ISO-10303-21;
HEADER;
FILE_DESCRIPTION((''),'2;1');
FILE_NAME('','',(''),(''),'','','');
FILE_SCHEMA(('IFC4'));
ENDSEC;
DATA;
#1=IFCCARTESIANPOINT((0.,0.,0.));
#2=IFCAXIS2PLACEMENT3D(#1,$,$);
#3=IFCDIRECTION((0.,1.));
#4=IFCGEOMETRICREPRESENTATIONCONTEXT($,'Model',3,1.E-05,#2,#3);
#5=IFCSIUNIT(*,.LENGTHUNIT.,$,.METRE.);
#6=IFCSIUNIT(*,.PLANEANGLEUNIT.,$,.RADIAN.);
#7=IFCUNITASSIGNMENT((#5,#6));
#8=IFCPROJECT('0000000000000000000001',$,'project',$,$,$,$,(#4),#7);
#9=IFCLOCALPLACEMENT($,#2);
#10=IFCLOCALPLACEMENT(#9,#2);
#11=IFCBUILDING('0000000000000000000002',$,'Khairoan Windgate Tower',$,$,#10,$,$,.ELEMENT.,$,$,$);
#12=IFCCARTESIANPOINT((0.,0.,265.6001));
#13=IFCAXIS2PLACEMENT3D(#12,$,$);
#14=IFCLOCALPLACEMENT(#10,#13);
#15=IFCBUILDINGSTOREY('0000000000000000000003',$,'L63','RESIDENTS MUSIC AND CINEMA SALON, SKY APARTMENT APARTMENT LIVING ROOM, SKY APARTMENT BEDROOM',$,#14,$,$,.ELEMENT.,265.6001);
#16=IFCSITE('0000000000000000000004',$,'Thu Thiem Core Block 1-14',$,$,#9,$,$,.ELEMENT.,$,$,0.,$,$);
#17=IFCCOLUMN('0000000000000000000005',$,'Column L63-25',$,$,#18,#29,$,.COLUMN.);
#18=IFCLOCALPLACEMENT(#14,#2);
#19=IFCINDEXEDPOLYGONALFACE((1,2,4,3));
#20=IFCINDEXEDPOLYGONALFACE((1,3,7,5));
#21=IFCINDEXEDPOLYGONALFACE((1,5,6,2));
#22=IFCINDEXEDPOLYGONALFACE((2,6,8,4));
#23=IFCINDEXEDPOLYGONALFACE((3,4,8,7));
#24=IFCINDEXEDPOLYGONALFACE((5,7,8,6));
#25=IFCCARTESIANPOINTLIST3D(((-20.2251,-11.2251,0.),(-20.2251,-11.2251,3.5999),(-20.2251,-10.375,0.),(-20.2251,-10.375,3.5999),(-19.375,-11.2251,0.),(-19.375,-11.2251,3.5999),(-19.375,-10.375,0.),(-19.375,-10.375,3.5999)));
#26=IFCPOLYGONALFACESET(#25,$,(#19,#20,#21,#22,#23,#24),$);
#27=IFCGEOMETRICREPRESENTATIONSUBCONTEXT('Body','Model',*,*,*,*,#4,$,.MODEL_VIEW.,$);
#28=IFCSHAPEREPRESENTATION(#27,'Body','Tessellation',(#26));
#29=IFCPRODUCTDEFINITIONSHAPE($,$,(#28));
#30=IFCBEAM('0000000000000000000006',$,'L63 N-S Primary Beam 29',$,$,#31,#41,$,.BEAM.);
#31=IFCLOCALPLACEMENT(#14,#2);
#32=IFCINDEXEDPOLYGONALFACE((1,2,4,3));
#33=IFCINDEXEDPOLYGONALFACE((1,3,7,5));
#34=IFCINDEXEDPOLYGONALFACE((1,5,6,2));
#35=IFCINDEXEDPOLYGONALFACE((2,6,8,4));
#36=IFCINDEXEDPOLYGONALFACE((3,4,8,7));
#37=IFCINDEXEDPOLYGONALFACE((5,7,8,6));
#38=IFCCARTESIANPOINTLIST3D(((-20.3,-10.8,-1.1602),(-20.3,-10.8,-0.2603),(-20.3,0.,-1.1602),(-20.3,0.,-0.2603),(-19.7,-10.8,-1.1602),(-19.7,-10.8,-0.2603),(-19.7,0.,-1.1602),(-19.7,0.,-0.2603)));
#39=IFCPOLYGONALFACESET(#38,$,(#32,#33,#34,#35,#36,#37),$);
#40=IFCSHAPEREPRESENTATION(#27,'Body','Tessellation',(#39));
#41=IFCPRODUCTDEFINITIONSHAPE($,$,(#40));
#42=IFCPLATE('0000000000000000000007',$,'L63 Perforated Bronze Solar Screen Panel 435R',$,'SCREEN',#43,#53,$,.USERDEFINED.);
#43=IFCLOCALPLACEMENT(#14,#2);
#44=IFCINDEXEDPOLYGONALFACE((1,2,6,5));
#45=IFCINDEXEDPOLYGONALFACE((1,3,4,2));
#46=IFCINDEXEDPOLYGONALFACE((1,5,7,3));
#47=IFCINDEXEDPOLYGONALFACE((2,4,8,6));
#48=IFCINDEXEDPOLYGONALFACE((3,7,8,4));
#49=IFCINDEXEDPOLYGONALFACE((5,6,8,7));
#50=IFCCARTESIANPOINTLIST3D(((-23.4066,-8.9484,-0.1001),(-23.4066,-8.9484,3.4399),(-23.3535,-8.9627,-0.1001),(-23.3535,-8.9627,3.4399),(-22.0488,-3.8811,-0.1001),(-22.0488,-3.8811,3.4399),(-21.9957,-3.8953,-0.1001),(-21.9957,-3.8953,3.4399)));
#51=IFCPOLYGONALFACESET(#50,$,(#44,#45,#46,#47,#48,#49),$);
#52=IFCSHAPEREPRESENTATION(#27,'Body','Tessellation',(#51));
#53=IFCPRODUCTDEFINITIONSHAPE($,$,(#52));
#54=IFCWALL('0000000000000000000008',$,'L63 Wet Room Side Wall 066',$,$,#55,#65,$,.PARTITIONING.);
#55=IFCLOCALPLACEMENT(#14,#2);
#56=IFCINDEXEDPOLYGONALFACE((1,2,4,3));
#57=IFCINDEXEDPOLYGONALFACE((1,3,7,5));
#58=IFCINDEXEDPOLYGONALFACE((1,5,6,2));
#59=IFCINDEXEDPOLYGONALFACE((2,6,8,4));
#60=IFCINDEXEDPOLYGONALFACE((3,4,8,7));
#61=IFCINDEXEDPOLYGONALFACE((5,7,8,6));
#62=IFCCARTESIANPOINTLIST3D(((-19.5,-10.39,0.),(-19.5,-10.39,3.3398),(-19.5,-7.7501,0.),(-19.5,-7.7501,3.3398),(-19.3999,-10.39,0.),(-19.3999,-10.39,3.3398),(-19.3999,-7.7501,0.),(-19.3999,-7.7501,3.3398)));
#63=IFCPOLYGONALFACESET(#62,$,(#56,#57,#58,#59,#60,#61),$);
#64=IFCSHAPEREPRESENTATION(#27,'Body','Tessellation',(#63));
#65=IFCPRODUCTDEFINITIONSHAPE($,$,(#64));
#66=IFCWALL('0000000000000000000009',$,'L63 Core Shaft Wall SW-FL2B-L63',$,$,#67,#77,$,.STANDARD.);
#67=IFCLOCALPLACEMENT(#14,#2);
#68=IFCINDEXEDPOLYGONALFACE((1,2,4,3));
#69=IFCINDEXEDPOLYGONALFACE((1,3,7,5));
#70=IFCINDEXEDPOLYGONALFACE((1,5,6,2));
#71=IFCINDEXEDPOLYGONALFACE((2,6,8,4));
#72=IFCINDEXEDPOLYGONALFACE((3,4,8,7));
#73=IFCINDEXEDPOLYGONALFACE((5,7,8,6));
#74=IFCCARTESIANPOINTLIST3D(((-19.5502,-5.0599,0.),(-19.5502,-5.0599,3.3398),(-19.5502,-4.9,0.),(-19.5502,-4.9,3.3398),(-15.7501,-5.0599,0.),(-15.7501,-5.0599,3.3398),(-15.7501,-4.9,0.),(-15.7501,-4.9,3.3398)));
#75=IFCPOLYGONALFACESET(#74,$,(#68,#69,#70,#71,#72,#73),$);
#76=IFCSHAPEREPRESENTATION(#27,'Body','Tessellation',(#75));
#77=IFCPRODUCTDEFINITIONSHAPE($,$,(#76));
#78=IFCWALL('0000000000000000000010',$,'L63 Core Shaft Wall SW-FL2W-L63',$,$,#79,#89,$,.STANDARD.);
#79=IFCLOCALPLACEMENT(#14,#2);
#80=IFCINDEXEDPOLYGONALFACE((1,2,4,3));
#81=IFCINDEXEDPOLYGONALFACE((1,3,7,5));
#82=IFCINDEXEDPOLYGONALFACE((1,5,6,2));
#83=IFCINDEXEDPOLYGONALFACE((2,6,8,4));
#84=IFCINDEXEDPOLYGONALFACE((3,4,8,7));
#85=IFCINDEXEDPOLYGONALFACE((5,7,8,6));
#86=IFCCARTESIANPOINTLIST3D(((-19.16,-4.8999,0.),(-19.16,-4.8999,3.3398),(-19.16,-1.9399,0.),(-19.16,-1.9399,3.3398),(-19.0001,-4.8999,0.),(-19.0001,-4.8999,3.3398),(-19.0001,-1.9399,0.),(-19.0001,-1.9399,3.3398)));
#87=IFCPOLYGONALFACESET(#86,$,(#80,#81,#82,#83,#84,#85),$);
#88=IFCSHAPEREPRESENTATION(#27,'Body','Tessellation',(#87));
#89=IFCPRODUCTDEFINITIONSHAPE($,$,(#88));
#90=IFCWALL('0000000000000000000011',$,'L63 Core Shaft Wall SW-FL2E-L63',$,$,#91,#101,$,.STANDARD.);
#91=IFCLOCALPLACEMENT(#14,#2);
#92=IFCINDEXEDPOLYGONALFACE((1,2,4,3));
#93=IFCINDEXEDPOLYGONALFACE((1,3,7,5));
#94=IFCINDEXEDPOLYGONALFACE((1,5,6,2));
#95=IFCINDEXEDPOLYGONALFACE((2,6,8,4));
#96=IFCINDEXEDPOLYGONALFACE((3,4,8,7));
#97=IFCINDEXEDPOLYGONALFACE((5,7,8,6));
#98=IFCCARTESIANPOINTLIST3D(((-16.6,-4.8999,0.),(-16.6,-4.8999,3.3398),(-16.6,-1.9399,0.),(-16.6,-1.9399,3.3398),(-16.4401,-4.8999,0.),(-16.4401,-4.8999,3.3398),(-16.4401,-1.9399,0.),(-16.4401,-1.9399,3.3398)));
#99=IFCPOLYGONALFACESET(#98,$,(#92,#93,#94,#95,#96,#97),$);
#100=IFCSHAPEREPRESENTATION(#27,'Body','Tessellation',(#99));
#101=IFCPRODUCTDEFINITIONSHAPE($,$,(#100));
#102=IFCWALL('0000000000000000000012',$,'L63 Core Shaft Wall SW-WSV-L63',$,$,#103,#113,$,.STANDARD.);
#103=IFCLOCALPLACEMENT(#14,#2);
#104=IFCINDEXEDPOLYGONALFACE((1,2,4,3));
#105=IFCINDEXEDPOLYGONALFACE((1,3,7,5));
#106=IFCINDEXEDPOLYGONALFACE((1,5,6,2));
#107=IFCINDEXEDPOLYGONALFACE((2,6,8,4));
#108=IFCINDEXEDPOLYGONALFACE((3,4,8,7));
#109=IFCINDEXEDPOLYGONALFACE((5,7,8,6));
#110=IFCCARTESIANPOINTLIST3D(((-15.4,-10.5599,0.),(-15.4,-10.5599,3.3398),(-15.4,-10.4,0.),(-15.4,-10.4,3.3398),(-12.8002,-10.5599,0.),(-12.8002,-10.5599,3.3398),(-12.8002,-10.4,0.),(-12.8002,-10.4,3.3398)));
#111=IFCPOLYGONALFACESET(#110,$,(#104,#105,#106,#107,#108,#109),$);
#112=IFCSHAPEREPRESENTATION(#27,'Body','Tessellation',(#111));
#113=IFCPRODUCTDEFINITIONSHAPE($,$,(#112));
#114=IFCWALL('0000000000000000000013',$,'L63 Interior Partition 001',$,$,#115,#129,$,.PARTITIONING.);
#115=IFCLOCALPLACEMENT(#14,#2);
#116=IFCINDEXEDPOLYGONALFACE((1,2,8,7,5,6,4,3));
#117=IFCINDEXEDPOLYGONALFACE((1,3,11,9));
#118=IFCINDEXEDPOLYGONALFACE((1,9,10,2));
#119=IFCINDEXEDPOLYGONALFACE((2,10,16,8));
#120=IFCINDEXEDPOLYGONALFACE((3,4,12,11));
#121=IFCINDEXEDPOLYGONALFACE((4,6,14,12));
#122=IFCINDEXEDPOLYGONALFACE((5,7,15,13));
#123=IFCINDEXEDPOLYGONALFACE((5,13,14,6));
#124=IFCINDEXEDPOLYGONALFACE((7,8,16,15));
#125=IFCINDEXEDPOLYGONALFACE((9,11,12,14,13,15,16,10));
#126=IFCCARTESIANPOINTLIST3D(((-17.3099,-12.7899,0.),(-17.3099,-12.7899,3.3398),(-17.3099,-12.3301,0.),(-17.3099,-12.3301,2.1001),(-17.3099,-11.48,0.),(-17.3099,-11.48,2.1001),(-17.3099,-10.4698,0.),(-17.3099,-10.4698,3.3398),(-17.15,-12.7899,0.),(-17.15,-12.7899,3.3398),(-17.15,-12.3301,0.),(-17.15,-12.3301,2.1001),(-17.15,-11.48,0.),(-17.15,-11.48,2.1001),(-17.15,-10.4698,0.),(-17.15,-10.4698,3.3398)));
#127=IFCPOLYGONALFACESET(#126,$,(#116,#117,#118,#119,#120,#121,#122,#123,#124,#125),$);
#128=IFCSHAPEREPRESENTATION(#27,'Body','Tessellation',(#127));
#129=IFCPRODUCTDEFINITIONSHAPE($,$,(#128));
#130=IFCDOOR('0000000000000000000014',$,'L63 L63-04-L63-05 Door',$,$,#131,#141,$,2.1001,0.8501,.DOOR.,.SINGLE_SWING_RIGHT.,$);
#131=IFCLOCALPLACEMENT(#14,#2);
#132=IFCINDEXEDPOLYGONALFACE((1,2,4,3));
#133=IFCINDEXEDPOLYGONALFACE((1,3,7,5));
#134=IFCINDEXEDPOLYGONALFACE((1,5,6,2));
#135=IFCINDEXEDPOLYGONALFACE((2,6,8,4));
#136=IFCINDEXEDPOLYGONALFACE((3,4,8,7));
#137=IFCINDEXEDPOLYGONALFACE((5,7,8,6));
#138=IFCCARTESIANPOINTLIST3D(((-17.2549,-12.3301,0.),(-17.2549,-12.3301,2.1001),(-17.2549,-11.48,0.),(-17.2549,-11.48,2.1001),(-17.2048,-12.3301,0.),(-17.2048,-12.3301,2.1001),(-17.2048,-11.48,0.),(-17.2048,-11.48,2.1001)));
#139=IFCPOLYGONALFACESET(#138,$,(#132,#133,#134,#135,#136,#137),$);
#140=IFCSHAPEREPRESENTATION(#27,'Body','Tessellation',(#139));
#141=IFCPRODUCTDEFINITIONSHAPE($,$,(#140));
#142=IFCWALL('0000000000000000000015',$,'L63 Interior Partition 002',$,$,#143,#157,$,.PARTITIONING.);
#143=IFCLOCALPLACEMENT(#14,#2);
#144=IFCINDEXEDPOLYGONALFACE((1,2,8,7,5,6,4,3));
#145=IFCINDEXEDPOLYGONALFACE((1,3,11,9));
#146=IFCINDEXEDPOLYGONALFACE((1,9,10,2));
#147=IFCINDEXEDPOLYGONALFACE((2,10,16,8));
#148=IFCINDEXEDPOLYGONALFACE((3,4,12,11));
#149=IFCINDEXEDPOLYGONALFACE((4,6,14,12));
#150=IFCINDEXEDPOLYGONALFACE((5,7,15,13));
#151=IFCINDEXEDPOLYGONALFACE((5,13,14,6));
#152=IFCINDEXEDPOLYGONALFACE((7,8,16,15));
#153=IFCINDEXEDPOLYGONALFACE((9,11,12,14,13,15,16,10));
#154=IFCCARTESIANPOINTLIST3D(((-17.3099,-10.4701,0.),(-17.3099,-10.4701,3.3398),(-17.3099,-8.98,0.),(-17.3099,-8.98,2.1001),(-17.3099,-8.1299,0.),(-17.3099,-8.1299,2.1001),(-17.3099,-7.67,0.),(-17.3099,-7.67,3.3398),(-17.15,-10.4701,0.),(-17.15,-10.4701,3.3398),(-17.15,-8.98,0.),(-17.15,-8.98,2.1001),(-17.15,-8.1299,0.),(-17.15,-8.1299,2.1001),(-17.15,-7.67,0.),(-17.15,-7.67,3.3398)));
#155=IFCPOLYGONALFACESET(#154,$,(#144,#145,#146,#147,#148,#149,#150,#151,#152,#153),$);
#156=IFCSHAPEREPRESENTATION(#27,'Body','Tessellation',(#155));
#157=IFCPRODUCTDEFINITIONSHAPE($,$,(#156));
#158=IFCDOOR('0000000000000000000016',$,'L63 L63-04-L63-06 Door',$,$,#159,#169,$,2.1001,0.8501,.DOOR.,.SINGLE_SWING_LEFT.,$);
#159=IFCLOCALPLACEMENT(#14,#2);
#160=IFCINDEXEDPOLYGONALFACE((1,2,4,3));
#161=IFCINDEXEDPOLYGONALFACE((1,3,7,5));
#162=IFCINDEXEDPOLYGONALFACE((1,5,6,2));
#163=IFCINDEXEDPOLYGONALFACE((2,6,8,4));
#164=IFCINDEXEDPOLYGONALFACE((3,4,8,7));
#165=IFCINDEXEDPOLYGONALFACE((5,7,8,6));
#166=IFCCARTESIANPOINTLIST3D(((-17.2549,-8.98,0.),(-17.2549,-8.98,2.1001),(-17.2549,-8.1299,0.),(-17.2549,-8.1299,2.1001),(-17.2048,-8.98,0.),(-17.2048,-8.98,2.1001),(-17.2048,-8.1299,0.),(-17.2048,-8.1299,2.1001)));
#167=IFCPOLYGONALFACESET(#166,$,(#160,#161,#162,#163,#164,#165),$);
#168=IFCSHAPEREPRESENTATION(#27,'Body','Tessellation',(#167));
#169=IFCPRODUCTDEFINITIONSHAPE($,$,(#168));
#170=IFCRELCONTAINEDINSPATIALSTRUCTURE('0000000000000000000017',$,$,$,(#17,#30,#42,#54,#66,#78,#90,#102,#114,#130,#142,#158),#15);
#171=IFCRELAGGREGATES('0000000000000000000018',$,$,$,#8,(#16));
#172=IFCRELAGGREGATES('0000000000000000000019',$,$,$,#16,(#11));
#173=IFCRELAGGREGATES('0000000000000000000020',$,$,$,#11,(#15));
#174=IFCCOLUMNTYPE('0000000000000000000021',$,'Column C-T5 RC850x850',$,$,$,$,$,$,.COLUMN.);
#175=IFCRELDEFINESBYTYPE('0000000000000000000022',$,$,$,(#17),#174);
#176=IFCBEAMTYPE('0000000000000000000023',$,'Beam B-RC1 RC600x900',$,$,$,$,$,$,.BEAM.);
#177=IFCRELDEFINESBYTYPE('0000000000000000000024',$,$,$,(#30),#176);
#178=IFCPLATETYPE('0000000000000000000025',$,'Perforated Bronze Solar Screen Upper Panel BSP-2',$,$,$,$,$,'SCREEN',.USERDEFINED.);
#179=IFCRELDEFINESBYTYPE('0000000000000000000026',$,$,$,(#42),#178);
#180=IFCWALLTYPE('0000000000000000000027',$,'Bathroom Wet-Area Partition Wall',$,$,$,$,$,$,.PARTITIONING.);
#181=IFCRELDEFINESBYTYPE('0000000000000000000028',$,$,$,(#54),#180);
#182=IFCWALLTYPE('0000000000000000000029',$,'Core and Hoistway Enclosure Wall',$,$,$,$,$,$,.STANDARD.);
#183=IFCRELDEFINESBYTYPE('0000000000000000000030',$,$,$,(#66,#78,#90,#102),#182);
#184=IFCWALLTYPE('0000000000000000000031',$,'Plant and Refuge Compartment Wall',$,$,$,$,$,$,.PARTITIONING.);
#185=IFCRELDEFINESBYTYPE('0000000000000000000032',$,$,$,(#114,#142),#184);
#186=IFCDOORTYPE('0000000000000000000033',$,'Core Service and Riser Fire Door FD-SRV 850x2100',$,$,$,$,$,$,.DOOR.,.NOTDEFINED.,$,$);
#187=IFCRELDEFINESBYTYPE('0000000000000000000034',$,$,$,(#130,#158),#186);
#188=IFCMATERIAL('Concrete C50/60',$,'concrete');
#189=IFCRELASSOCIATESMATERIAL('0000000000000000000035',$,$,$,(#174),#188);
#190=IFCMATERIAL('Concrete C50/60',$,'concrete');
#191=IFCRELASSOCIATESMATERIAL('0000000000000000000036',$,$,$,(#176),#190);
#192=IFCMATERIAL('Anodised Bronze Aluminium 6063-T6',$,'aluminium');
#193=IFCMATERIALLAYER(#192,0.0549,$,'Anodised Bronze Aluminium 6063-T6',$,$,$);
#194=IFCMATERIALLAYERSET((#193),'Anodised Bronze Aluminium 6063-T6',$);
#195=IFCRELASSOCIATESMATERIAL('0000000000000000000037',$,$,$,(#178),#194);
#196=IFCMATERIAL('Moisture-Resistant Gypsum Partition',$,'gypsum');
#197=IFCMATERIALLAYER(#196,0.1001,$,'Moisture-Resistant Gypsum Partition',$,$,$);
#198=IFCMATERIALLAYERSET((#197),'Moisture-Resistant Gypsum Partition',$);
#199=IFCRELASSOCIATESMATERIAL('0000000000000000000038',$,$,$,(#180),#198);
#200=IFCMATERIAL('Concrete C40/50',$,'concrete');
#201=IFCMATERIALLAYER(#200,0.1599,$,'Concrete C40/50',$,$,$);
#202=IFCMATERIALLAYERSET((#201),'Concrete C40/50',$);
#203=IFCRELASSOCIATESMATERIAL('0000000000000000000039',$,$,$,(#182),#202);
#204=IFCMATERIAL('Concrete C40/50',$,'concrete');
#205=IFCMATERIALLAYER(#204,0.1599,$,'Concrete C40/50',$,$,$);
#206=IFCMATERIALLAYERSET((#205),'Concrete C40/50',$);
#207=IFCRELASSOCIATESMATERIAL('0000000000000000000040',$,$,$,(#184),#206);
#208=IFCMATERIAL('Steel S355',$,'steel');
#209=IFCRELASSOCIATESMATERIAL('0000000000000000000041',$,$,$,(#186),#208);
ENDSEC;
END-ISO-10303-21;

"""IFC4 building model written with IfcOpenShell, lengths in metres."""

from ifc_helpers import new_model, si_unit, direction, frame, frame_2d, origin, origin_2d, place, context, subcontext, project, spatial, rectangle, extrude, material, layer, layer_set, material_profile, profile_set, type_object, element, fill, save


model = new_model("IFC4")

# Units and contexts
model_context = context("Model", 3, precision=1e-05, world=origin(), true_north=direction((0.0, 1.0)))
body_context = subcontext(model_context, "Body", "Model", "MODEL_VIEW")
ifc_project = project(units=[si_unit("LENGTHUNIT", "METRE"), si_unit("PLANEANGLEUNIT", "RADIAN")], contexts=[model_context])

# Site, building, storey
site_placement = place(None, origin())
site = spatial("IfcSite", under=ifc_project, at=site_placement, Name="Thu Thiem Core Block 1-14", CompositionType="ELEMENT", RefElevation=0.0)
building_placement = place(site_placement, origin())
building = spatial("IfcBuilding", under=site, at=building_placement, Name="Khairoan Windgate Tower", CompositionType="ELEMENT")
storey_placement = place(building_placement, frame((0.0, 0.0, 265.6001)))
storey = spatial("IfcBuildingStorey", under=building, at=storey_placement, Name="L63", Description="RESIDENTS MUSIC AND CINEMA SALON, SKY APARTMENT APARTMENT LIVING ROOM, SKY APARTMENT BEDROOM", CompositionType="ELEMENT", Elevation=265.6001)

# Column
ifc_material_1 = material(Name="Concrete C50/60", Category="concrete")
ifc_material_profile_1 = material_profile(ifc_material_1, rectangle(XDim=0.8501, YDim=0.8501, at=origin_2d()))
ifc_profile_set_1 = profile_set([ifc_material_profile_1], Name="Concrete C50/60")
column_type = type_object("IfcColumnType", Name="Column C-T5 RC850x850", PredefinedType="COLUMN", material=ifc_profile_set_1)
column_placement = place(storey_placement, frame((-19.8, -10.8, 0.0), z_axis=(0.0, 0.0, 1.0), x_axis=(1.0, 0.0, 0.0)))
element("IfcColumn", 1, at=column_placement, inside=storey, type_object=column_type, Name="Column L63-25", PredefinedType="COLUMN", context=body_context, shape_type="SweptSolid", body=[
    extrude(rectangle(XDim=0.8501, YDim=0.8501, at=origin_2d()), origin(), (0.0, 0.0, 1.0), 3.5999),
])

# Beam
ifc_material_2 = material(Name="Concrete C50/60", Category="concrete")
ifc_material_profile_2 = material_profile(ifc_material_2, rectangle(XDim=0.6001, YDim=0.8999, at=origin_2d()))
ifc_profile_set_2 = profile_set([ifc_material_profile_2], Name="Concrete C50/60")
beam_type = type_object("IfcBeamType", Name="Beam B-RC1 RC600x900", PredefinedType="BEAM", material=ifc_profile_set_2)
beam_placement = place(storey_placement, frame((-20.0, -10.8, -0.7102), z_axis=(0.0, 1.0, 0.0), x_axis=(-1.0, 0.0, 0.0)))
element("IfcBeam", 2, at=beam_placement, inside=storey, type_object=beam_type, Name="L63 N-S Primary Beam 29", PredefinedType="BEAM", context=body_context, shape_type="SweptSolid", body=[
    extrude(rectangle(XDim=0.6001, YDim=0.8999, at=origin_2d()), origin(), (0.0, 0.0, 1.0), 10.8),
])

# Plate
ifc_material_3 = material(Name="Anodised Bronze Aluminium 6063-T6", Category="aluminium")
ifc_layer_1 = layer(ifc_material_3, 0.0549, Name="Anodised Bronze Aluminium 6063-T6")
ifc_layer_set_1 = layer_set([ifc_layer_1], Name="Anodised Bronze Aluminium 6063-T6")
plate_type = type_object("IfcPlateType", Name="Perforated Bronze Solar Screen Upper Panel BSP-2", ElementType="SCREEN", PredefinedType="USERDEFINED", material=ifc_layer_set_1)
plate_placement = place(storey_placement, frame((-22.7012, -6.4219, -0.1001), z_axis=(0.0, 0.0, 1.0), x_axis=(0.258819, 0.965926, 0.0)))
element("IfcPlate", 3, at=plate_placement, inside=storey, type_object=plate_type, Name="L63 Perforated Bronze Solar Screen Panel 435R", ObjectType="SCREEN", PredefinedType="USERDEFINED", context=body_context, shape_type="SweptSolid", body=[
    extrude(rectangle(XDim=5.2461, YDim=0.0549, at=origin_2d()), origin(), (0.0, 0.0, 1.0), 3.54),
])

# Walls
ifc_material_4 = material(Name="Moisture-Resistant Gypsum Partition", Category="gypsum")
ifc_layer_2 = layer(ifc_material_4, 0.1001, Name="Moisture-Resistant Gypsum Partition")
ifc_layer_set_2 = layer_set([ifc_layer_2], Name="Moisture-Resistant Gypsum Partition")
wall_type_1 = type_object("IfcWallType", Name="Bathroom Wet-Area Partition Wall", PredefinedType="PARTITIONING", material=ifc_layer_set_2)
wall_1_placement = place(storey_placement, frame((-19.45, -10.3899, 0.0), z_axis=(0.0, 0.0, 1.0), x_axis=(0.0, 1.0, 0.0)))
element("IfcWall", 4, at=wall_1_placement, inside=storey, type_object=wall_type_1, Name="L63 Wet Room Side Wall 066", PredefinedType="PARTITIONING", context=body_context, shape_type="SweptSolid", body=[
    extrude(rectangle(XDim=2.6399, YDim=0.1001, at=frame_2d((1.3198, 0.0))), origin(), (0.0, 0.0, 1.0), 3.3398),
])
ifc_material_5 = material(Name="Concrete C40/50", Category="concrete")
ifc_layer_3 = layer(ifc_material_5, 0.1599, Name="Concrete C40/50")
ifc_layer_set_3 = layer_set([ifc_layer_3], Name="Concrete C40/50")
wall_type_2 = type_object("IfcWallType", Name="Core and Hoistway Enclosure Wall", PredefinedType="STANDARD", material=ifc_layer_set_3)
wall_2_placement = place(storey_placement, frame((-19.55, -4.98, 0.0), z_axis=(0.0, 0.0, 1.0), x_axis=(1.0, 0.0, 0.0)))
element("IfcWall", 5, at=wall_2_placement, inside=storey, type_object=wall_type_2, Name="L63 Core Shaft Wall SW-FL2B-L63", PredefinedType="STANDARD", context=body_context, shape_type="SweptSolid", body=[
    extrude(rectangle(XDim=3.8, YDim=0.1599, at=frame_2d((1.8999, 0.0))), origin(), (0.0, 0.0, 1.0), 3.3398),
])
for number, where, z_axis, x_axis, name in (
    (6, (-19.0801, -4.8999, 0.0), (0.0, 0.0, 1.0), (0.0, 1.0, 0.0), "L63 Core Shaft Wall SW-FL2W-L63"),
    (7, (-16.52, -4.8999, 0.0), (0.0, 0.0, 1.0), (0.0, 1.0, 0.0), "L63 Core Shaft Wall SW-FL2E-L63"),
):
    element("IfcWall", number, at=place(storey_placement, frame(where, z_axis=z_axis, x_axis=x_axis)), inside=storey, type_object=wall_type_2, Name=name, PredefinedType="STANDARD", context=body_context, shape_type="SweptSolid", body=[
        extrude(rectangle(XDim=2.96, YDim=0.1599, at=frame_2d((1.48, 0.0))), origin(), (0.0, 0.0, 1.0), 3.3398),
    ])
wall_3_placement = place(storey_placement, frame((-15.3999, -10.48, 0.0), z_axis=(0.0, 0.0, 1.0), x_axis=(1.0, 0.0, 0.0)))
element("IfcWall", 8, at=wall_3_placement, inside=storey, type_object=wall_type_2, Name="L63 Core Shaft Wall SW-WSV-L63", PredefinedType="STANDARD", context=body_context, shape_type="SweptSolid", body=[
    extrude(rectangle(XDim=2.5999, YDim=0.1599, at=frame_2d((1.2998, 0.0))), origin(), (0.0, 0.0, 1.0), 3.3398),
])

# Walls, openings, doors
ifc_material_6 = material(Name="Concrete C40/50", Category="concrete")
ifc_layer_4 = layer(ifc_material_6, 0.1599, Name="Concrete C40/50")
ifc_layer_set_4 = layer_set([ifc_layer_4], Name="Concrete C40/50")
wall_type_3 = type_object("IfcWallType", Name="Plant and Refuge Compartment Wall", PredefinedType="PARTITIONING", material=ifc_layer_set_4)
wall_4_placement = place(storey_placement, frame((-17.23, -12.79, 0.0), z_axis=(0.0, 0.0, 1.0), x_axis=(0.0, 1.0, 0.0)))
wall_4 = element("IfcWall", 9, at=wall_4_placement, inside=storey, type_object=wall_type_3, Name="L63 Interior Partition 001", PredefinedType="PARTITIONING", context=body_context, shape_type="SweptSolid", body=[
    extrude(rectangle(XDim=2.3201, YDim=0.1599, at=frame_2d((1.1602, 0.0))), origin(), (0.0, 0.0, 1.0), 3.3398),
])
opening_1_placement = place(wall_4_placement, frame((0.46, 0.0, 0.0)))
opening_1 = element("IfcOpeningElement", 10, at=opening_1_placement, cuts=wall_4, PredefinedType="OPENING", context=body_context, shape_type="SweptSolid", body=[
    extrude(rectangle(XDim=0.8501, YDim=2.1001, at=frame_2d((0.425, 1.05))), frame((0.0, 0.0898, 0.0), z_axis=(0.0, -1.0, 0.0), x_axis=(1.0, 0.0, 0.0)), (0.0, 0.0, 1.0), 0.1799),
])
ifc_material_7 = material(Name="Steel S355", Category="steel")
door_type_1 = type_object("IfcDoorType", Name="Core Service and Riser Fire Door FD-SRV 850x2100", OperationType="NOTDEFINED", PredefinedType="DOOR", material=ifc_material_7)
door_1_placement = place(opening_1_placement, origin())
door_1 = element("IfcDoor", 11, at=door_1_placement, inside=storey, type_object=door_type_1, Name="L63 L63-04-L63-05 Door", OperationType="SINGLE_SWING_RIGHT", OverallHeight=2.1001, OverallWidth=0.8501, PredefinedType="DOOR", context=body_context, shape_type="SweptSolid", body=[
    extrude(rectangle(XDim=0.8501, YDim=2.1001, at=frame_2d((0.425, 1.05))), frame((0.0, 0.0249, 0.0), z_axis=(0.0, -1.0, 0.0), x_axis=(1.0, 0.0, 0.0)), (0.0, 0.0, 1.0), 0.05),
])
fill(opening_1, door_1)
wall_5_placement = place(storey_placement, frame((-17.23, -10.47, 0.0), z_axis=(0.0, 0.0, 1.0), x_axis=(0.0, 1.0, 0.0)))
wall_5 = element("IfcWall", 12, at=wall_5_placement, inside=storey, type_object=wall_type_3, Name="L63 Interior Partition 002", PredefinedType="PARTITIONING", context=body_context, shape_type="SweptSolid", body=[
    extrude(rectangle(XDim=2.8, YDim=0.1599, at=frame_2d((1.3999, 0.0))), origin(), (0.0, 0.0, 1.0), 3.3398),
])
opening_2_placement = place(wall_5_placement, frame((1.49, 0.0, 0.0)))
opening_2 = element("IfcOpeningElement", 13, at=opening_2_placement, cuts=wall_5, PredefinedType="OPENING", context=body_context, shape_type="SweptSolid", body=[
    extrude(rectangle(XDim=0.8501, YDim=2.1001, at=frame_2d((0.425, 1.05))), frame((0.0, 0.0898, 0.0), z_axis=(0.0, -1.0, 0.0), x_axis=(1.0, 0.0, 0.0)), (0.0, 0.0, 1.0), 0.1799),
])
door_2_placement = place(opening_2_placement, origin())
door_2 = element("IfcDoor", 14, at=door_2_placement, inside=storey, type_object=door_type_1, Name="L63 L63-04-L63-06 Door", OperationType="SINGLE_SWING_LEFT", OverallHeight=2.1001, OverallWidth=0.8501, PredefinedType="DOOR", context=body_context, shape_type="SweptSolid", body=[
    extrude(rectangle(XDim=0.8501, YDim=2.1001, at=frame_2d((0.425, 1.05))), frame((0.0, 0.0249, 0.0), z_axis=(0.0, -1.0, 0.0), x_axis=(1.0, 0.0, 0.0)), (0.0, 0.0, 1.0), 0.05),
])
fill(opening_2, door_2)

save(model, "model.ifc")
